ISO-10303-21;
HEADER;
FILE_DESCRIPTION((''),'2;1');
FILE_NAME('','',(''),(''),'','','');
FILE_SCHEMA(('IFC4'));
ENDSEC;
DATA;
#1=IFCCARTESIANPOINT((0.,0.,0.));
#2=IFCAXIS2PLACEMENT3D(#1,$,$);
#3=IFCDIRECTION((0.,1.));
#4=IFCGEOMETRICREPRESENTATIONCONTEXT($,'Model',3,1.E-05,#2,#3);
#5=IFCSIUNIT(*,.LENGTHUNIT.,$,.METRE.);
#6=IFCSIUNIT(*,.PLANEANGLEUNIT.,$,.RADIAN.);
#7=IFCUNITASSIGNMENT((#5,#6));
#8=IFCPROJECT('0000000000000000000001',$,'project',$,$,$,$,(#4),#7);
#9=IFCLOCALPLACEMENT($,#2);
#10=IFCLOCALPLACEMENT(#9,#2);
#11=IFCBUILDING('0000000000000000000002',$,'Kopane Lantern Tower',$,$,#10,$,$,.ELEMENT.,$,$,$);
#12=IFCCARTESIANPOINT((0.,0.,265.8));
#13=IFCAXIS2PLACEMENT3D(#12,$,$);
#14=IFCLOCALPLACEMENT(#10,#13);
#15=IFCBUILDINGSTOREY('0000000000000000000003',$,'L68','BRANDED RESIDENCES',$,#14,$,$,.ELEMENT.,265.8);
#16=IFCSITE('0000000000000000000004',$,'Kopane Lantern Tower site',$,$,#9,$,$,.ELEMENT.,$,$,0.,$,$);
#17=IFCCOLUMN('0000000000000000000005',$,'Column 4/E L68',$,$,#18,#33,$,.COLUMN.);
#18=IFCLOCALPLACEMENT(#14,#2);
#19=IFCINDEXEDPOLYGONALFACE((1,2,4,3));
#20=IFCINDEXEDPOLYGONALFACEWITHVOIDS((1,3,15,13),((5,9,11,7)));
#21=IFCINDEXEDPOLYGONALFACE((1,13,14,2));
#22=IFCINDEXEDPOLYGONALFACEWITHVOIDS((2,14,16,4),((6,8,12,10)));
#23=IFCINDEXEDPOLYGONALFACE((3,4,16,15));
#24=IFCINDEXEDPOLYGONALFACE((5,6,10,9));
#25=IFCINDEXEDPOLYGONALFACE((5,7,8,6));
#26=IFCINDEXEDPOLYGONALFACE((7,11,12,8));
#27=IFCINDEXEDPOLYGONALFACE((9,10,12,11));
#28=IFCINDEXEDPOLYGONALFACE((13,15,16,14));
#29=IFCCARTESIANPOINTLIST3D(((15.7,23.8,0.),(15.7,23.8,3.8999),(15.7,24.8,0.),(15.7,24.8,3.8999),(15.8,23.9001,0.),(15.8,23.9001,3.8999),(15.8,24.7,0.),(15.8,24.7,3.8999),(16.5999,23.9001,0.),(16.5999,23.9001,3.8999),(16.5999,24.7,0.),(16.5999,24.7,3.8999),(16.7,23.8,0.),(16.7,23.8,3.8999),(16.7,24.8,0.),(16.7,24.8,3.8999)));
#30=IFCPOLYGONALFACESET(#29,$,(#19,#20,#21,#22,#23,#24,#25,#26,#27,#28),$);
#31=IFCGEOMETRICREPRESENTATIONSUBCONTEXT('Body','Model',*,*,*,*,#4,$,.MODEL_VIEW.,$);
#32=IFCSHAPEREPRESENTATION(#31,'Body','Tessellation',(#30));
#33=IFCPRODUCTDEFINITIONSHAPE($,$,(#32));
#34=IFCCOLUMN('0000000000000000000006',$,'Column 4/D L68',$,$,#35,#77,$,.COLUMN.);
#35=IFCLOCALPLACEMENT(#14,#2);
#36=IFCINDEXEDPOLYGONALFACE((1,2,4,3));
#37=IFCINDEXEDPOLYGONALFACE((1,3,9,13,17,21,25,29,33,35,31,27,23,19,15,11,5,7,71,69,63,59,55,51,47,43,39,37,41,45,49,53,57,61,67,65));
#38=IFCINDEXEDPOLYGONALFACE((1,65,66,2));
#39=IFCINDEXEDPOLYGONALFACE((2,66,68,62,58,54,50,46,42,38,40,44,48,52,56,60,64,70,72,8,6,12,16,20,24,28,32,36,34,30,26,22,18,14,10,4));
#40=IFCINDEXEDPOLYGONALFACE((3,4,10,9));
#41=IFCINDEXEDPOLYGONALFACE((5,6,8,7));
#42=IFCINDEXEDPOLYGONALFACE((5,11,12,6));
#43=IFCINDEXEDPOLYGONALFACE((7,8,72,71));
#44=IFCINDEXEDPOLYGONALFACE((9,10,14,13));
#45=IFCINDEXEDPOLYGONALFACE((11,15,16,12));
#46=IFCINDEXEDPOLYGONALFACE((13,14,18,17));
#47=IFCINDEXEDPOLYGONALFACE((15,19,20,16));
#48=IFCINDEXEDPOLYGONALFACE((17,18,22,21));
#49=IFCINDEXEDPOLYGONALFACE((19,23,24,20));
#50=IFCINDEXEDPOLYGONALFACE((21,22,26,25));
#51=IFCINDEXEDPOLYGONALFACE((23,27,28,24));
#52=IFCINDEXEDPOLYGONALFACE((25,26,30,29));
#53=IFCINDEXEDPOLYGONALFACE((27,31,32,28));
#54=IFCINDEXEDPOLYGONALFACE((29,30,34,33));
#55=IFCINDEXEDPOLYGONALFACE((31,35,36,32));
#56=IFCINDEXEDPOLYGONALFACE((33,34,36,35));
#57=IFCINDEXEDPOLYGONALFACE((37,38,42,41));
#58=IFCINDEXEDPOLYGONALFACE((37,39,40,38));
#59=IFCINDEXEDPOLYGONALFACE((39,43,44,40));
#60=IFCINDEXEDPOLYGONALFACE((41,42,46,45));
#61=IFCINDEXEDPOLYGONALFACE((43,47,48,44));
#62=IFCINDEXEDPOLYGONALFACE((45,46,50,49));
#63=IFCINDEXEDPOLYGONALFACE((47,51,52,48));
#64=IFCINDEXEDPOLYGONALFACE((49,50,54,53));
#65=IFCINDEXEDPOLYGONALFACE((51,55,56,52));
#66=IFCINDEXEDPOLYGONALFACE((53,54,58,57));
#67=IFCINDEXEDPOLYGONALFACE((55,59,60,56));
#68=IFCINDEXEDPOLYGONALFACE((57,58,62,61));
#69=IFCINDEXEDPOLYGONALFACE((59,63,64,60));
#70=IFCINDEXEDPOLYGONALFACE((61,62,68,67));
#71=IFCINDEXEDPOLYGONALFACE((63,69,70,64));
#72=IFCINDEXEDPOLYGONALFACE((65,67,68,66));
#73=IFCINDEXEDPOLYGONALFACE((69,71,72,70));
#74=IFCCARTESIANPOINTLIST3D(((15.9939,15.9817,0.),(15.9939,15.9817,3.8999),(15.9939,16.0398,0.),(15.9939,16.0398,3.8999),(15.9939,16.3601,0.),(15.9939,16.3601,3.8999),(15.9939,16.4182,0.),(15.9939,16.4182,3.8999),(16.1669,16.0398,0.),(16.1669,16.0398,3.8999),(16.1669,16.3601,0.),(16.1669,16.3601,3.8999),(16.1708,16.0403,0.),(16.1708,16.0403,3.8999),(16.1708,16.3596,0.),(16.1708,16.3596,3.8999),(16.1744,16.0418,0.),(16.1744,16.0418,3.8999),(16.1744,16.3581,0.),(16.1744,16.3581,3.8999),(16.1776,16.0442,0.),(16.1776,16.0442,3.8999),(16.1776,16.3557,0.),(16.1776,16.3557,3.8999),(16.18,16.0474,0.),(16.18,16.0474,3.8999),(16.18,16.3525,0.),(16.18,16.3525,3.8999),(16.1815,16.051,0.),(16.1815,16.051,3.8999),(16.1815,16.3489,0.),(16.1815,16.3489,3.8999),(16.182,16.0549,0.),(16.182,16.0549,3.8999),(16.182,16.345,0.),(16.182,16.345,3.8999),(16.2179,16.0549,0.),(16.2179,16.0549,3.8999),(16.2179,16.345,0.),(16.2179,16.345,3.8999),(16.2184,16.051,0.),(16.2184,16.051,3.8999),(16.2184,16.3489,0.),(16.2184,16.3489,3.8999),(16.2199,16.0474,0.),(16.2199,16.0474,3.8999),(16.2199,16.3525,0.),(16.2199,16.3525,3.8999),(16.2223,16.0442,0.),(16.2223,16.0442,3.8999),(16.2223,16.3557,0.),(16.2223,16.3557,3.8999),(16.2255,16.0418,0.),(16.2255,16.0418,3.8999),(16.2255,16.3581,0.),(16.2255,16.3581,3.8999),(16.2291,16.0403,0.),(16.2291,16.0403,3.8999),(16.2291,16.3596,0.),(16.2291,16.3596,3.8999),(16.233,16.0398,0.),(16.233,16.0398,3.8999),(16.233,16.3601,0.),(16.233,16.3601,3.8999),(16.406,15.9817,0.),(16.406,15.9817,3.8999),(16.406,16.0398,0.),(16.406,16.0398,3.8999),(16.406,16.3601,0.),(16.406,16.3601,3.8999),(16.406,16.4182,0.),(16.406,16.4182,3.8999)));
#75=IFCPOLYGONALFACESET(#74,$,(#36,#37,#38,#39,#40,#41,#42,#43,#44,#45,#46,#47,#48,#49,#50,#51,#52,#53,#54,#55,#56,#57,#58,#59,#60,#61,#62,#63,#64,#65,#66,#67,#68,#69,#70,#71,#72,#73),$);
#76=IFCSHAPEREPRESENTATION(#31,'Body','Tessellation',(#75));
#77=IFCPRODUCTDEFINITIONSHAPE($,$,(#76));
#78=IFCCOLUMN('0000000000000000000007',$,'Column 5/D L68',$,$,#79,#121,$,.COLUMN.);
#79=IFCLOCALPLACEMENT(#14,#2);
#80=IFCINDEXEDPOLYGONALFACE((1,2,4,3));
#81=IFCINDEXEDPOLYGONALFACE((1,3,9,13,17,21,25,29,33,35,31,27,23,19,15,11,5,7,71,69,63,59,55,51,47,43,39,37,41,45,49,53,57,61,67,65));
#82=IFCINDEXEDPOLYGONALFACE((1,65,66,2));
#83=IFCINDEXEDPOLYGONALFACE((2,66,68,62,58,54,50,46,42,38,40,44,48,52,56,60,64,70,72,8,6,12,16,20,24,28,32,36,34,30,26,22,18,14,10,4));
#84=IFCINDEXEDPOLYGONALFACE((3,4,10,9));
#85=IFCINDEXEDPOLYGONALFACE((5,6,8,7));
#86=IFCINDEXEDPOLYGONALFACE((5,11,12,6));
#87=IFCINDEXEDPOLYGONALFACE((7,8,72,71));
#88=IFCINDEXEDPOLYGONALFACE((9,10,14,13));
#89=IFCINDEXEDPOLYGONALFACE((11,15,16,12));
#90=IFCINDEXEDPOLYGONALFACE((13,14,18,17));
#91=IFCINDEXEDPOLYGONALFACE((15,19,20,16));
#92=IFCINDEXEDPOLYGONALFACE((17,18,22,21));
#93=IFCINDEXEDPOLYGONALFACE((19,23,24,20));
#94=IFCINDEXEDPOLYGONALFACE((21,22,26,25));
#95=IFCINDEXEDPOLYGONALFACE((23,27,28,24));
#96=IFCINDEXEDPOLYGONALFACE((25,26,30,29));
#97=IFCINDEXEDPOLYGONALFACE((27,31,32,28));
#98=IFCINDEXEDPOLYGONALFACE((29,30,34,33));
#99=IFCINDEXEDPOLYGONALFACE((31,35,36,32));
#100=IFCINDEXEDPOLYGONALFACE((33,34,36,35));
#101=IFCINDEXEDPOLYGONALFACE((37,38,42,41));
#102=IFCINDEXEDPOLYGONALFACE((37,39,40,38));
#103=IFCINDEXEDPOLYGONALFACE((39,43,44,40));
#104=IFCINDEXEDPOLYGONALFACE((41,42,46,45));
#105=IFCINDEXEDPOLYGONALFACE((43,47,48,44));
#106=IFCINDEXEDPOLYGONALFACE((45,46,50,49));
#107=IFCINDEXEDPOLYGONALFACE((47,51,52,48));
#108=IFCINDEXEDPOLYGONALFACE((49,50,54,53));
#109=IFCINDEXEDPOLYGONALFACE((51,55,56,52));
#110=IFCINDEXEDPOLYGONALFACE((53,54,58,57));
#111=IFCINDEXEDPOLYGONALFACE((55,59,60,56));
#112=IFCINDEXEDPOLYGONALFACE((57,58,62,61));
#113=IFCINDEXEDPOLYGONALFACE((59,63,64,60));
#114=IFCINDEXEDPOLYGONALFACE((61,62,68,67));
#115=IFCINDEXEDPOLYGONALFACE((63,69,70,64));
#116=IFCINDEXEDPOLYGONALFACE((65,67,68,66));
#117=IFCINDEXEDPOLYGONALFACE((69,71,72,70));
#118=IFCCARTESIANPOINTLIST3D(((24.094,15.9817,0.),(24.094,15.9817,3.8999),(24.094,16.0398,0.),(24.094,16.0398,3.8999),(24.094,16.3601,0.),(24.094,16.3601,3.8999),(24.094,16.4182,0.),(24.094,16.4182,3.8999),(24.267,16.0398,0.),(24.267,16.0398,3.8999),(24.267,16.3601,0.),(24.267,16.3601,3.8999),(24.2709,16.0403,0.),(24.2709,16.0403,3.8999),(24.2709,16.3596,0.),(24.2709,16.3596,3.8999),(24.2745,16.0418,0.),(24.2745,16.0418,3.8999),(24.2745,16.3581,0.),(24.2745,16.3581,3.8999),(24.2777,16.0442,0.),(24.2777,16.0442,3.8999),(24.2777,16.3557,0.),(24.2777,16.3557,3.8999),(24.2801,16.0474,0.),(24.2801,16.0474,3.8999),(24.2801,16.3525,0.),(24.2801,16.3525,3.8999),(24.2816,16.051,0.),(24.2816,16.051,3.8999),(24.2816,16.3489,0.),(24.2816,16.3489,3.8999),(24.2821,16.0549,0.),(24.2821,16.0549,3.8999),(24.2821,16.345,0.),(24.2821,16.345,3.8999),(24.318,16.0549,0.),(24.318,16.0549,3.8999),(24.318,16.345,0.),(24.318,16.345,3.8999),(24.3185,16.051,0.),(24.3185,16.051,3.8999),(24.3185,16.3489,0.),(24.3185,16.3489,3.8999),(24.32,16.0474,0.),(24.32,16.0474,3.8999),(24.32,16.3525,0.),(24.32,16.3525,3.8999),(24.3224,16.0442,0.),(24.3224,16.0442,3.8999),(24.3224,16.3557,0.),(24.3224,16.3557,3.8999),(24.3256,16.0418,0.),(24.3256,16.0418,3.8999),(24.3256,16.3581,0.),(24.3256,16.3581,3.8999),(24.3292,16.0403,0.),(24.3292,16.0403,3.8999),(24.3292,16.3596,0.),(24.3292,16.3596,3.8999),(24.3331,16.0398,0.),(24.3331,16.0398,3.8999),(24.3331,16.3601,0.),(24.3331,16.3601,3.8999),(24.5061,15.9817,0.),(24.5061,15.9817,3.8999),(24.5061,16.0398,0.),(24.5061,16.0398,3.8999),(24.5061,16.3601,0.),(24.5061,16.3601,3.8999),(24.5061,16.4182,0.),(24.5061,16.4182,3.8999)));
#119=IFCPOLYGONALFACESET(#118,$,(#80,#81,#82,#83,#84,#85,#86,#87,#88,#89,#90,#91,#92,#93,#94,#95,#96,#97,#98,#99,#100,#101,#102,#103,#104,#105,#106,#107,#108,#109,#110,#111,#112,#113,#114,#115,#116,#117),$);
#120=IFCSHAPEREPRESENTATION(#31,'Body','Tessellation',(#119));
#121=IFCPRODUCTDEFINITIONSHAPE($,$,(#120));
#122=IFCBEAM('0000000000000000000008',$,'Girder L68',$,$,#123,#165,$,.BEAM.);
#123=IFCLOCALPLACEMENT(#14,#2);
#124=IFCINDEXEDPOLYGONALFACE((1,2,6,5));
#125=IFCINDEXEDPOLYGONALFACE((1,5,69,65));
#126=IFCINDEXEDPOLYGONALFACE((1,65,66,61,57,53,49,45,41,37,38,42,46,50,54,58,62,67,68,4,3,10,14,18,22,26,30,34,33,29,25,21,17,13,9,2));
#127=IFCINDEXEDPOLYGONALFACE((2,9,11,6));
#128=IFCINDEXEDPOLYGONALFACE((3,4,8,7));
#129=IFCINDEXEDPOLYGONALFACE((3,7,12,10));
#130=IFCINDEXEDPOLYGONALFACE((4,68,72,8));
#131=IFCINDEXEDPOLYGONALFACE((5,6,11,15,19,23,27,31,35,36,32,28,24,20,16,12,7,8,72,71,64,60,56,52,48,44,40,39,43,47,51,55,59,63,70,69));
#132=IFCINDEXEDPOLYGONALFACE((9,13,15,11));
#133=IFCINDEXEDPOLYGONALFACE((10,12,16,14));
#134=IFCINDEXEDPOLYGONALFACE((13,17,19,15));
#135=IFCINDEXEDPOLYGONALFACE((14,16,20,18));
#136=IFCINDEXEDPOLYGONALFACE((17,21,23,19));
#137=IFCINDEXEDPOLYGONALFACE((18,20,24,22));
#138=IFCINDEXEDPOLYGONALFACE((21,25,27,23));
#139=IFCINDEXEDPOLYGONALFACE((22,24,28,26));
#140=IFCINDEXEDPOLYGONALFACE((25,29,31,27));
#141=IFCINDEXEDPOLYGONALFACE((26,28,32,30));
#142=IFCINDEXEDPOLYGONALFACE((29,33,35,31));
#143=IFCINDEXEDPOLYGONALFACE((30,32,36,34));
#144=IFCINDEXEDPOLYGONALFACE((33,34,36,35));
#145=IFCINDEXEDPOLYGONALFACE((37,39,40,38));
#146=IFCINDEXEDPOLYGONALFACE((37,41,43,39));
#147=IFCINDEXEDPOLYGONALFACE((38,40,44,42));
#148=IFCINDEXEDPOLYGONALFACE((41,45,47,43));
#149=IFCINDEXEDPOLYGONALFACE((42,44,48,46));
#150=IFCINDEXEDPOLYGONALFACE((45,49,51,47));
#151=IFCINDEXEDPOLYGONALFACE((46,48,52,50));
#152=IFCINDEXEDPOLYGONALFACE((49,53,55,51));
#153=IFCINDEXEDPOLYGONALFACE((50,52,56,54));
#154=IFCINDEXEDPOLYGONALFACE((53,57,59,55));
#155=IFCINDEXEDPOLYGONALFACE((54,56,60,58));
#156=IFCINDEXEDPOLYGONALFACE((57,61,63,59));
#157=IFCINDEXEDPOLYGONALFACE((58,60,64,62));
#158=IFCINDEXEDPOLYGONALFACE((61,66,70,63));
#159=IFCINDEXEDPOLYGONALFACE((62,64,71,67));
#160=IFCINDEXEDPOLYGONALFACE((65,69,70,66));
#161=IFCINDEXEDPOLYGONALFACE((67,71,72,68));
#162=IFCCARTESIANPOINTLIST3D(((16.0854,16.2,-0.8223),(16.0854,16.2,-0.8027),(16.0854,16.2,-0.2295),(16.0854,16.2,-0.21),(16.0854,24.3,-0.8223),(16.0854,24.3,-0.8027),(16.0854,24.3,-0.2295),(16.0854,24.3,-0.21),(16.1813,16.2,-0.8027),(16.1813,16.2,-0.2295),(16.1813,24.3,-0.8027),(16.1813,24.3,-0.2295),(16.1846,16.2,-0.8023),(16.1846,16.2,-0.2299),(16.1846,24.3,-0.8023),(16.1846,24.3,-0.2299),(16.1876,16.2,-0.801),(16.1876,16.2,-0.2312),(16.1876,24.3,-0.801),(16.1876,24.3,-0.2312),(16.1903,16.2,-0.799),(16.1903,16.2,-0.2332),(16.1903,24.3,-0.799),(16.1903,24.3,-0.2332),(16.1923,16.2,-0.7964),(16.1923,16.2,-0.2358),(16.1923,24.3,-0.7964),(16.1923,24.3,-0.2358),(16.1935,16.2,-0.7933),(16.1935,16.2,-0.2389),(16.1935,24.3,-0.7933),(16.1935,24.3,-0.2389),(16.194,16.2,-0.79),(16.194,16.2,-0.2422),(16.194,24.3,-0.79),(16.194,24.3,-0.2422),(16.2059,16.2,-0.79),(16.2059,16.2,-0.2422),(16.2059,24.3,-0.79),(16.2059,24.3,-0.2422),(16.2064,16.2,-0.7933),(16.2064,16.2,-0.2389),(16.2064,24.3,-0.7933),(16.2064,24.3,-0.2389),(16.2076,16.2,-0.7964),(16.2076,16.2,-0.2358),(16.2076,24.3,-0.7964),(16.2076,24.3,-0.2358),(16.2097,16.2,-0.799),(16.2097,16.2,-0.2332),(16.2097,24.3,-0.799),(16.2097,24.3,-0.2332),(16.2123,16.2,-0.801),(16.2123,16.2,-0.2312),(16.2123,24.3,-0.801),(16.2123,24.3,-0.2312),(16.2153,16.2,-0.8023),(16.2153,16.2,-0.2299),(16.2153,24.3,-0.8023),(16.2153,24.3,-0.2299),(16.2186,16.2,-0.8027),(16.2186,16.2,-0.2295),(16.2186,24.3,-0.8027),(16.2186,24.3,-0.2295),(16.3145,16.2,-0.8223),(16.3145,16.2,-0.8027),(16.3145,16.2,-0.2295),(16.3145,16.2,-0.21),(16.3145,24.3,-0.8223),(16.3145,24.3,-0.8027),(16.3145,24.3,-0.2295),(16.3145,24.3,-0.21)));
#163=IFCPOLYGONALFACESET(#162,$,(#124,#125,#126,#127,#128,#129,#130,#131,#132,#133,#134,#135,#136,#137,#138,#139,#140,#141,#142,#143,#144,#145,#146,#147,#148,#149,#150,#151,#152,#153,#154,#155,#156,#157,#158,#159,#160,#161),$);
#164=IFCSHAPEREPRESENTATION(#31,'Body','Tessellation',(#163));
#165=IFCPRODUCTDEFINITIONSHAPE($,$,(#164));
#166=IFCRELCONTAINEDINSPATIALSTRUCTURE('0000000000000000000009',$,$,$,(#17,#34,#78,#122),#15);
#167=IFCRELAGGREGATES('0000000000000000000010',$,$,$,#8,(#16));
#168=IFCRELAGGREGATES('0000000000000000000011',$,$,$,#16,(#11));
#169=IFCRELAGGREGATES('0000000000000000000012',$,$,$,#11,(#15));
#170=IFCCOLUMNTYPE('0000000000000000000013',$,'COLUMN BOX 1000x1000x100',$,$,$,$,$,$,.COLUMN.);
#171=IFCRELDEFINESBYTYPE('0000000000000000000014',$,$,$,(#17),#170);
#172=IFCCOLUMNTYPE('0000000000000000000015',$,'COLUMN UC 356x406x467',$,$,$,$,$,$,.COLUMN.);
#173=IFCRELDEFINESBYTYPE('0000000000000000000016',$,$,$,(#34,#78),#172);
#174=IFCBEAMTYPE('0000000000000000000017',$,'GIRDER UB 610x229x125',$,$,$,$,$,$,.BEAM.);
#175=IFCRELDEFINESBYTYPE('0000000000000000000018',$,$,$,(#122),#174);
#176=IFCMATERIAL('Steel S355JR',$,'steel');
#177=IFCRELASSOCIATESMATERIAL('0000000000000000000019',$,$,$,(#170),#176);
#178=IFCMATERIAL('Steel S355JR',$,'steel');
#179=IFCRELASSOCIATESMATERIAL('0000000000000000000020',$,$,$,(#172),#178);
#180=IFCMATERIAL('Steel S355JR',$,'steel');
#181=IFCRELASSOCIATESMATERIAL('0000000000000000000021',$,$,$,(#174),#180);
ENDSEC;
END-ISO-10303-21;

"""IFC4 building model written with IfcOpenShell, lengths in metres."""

from ifc_helpers import new_model, si_unit, direction, frame, origin, origin_2d, place, context, subcontext, project, spatial, hollow_rectangle, i_section, extrude, material, material_profile, profile_set, type_object, element, save


model = new_model("IFC4")

# Units and contexts
model_context = context("Model", 3, precision=1e-05, world=origin(), true_north=direction((0.0, 1.0)))
body_context = subcontext(model_context, "Body", "Model", "MODEL_VIEW")
ifc_project = project(units=[si_unit("LENGTHUNIT", "METRE"), si_unit("PLANEANGLEUNIT", "RADIAN")], contexts=[model_context])

# Site, building, storey
site_placement = place(None, origin())
site = spatial("IfcSite", under=ifc_project, at=site_placement, Name="Kopane Lantern Tower site", CompositionType="ELEMENT", RefElevation=0.0)
building_placement = place(site_placement, origin())
building = spatial("IfcBuilding", under=site, at=building_placement, Name="Kopane Lantern Tower", CompositionType="ELEMENT")
storey_placement = place(building_placement, frame((0.0, 0.0, 265.8)))
storey = spatial("IfcBuildingStorey", under=building, at=storey_placement, Name="L68", Description="BRANDED RESIDENCES", CompositionType="ELEMENT", Elevation=265.8)

# Columns
ifc_material_1 = material(Name="Steel S355JR", Category="steel")
ifc_material_profile_1 = material_profile(ifc_material_1, hollow_rectangle(XDim=1.0, YDim=1.0, WallThickness=0.1001, at=origin_2d()), Name="BOX 1000x1000x100")
ifc_profile_set_1 = profile_set([ifc_material_profile_1], Name="Steel S355JR")
column_type_1 = type_object("IfcColumnType", Name="COLUMN BOX 1000x1000x100", PredefinedType="COLUMN", material=ifc_profile_set_1)
column_placement = place(storey_placement, frame((16.2, 24.3, 0.0), z_axis=(0.0, 0.0, 1.0), x_axis=(1.0, 0.0, 0.0)))
element("IfcColumn", 1, at=column_placement, inside=storey, type_object=column_type_1, Name="Column 4/E L68", PredefinedType="COLUMN", context=body_context, shape_type="SweptSolid", body=[
    extrude(hollow_rectangle(XDim=1.0, YDim=1.0, WallThickness=0.1001, at=origin_2d()), origin(), (0.0, 0.0, 1.0), 3.8999),
])
ifc_material_2 = material(Name="Steel S355JR", Category="steel")
ifc_material_profile_2 = material_profile(ifc_material_2, i_section(OverallWidth=0.4121, OverallDepth=0.4365, WebThickness=0.0359, FlangeThickness=0.0581, FilletRadius=0.0151, at=origin_2d()), Name="UC 356x406x467")
ifc_profile_set_2 = profile_set([ifc_material_profile_2], Name="Steel S355JR")
column_type_2 = type_object("IfcColumnType", Name="COLUMN UC 356x406x467", PredefinedType="COLUMN", material=ifc_profile_set_2)
for number, where, z_axis, x_axis, name in (
    (2, (16.2, 16.2, 0.0), (0.0, 0.0, 1.0), (1.0, 0.0, 0.0), "Column 4/D L68"),
    (3, (24.3, 16.2, 0.0), (0.0, 0.0, 1.0), (1.0, 0.0, 0.0), "Column 5/D L68"),
):
    element("IfcColumn", number, at=place(storey_placement, frame(where, z_axis=z_axis, x_axis=x_axis)), inside=storey, type_object=column_type_2, Name=name, PredefinedType="COLUMN", context=body_context, shape_type="SweptSolid", body=[
        extrude(i_section(OverallWidth=0.4121, OverallDepth=0.4365, WebThickness=0.0359, FlangeThickness=0.0581, FilletRadius=0.0151, at=origin_2d()), origin(), (0.0, 0.0, 1.0), 3.8999),
    ])

# Beam
ifc_material_3 = material(Name="Steel S355JR", Category="steel")
ifc_material_profile_3 = material_profile(ifc_material_3, i_section(OverallWidth=0.229, OverallDepth=0.6123, WebThickness=0.012, FlangeThickness=0.0195, FilletRadius=0.0127, at=origin_2d()), Name="UB 610x229x125")
ifc_profile_set_3 = profile_set([ifc_material_profile_3], Name="Steel S355JR")
beam_type = type_object("IfcBeamType", Name="GIRDER UB 610x229x125", PredefinedType="BEAM", material=ifc_profile_set_3)
for number, where, z_axis, x_axis, name in (
    (4, (16.2, 16.2, -0.5161), (0.0, 1.0, 0.0), (-1.0, 0.0, 0.0), "Girder L68"),
):
    element("IfcBeam", number, at=place(storey_placement, frame(where, z_axis=z_axis, x_axis=x_axis)), inside=storey, type_object=beam_type, Name=name, PredefinedType="BEAM", context=body_context, shape_type="SweptSolid", body=[
        extrude(i_section(OverallWidth=0.229, OverallDepth=0.6123, WebThickness=0.012, FlangeThickness=0.0195, FilletRadius=0.0127, at=origin_2d()), origin(), (0.0, 0.0, 1.0), 8.1001),
    ])

save(model, "model.ifc")
